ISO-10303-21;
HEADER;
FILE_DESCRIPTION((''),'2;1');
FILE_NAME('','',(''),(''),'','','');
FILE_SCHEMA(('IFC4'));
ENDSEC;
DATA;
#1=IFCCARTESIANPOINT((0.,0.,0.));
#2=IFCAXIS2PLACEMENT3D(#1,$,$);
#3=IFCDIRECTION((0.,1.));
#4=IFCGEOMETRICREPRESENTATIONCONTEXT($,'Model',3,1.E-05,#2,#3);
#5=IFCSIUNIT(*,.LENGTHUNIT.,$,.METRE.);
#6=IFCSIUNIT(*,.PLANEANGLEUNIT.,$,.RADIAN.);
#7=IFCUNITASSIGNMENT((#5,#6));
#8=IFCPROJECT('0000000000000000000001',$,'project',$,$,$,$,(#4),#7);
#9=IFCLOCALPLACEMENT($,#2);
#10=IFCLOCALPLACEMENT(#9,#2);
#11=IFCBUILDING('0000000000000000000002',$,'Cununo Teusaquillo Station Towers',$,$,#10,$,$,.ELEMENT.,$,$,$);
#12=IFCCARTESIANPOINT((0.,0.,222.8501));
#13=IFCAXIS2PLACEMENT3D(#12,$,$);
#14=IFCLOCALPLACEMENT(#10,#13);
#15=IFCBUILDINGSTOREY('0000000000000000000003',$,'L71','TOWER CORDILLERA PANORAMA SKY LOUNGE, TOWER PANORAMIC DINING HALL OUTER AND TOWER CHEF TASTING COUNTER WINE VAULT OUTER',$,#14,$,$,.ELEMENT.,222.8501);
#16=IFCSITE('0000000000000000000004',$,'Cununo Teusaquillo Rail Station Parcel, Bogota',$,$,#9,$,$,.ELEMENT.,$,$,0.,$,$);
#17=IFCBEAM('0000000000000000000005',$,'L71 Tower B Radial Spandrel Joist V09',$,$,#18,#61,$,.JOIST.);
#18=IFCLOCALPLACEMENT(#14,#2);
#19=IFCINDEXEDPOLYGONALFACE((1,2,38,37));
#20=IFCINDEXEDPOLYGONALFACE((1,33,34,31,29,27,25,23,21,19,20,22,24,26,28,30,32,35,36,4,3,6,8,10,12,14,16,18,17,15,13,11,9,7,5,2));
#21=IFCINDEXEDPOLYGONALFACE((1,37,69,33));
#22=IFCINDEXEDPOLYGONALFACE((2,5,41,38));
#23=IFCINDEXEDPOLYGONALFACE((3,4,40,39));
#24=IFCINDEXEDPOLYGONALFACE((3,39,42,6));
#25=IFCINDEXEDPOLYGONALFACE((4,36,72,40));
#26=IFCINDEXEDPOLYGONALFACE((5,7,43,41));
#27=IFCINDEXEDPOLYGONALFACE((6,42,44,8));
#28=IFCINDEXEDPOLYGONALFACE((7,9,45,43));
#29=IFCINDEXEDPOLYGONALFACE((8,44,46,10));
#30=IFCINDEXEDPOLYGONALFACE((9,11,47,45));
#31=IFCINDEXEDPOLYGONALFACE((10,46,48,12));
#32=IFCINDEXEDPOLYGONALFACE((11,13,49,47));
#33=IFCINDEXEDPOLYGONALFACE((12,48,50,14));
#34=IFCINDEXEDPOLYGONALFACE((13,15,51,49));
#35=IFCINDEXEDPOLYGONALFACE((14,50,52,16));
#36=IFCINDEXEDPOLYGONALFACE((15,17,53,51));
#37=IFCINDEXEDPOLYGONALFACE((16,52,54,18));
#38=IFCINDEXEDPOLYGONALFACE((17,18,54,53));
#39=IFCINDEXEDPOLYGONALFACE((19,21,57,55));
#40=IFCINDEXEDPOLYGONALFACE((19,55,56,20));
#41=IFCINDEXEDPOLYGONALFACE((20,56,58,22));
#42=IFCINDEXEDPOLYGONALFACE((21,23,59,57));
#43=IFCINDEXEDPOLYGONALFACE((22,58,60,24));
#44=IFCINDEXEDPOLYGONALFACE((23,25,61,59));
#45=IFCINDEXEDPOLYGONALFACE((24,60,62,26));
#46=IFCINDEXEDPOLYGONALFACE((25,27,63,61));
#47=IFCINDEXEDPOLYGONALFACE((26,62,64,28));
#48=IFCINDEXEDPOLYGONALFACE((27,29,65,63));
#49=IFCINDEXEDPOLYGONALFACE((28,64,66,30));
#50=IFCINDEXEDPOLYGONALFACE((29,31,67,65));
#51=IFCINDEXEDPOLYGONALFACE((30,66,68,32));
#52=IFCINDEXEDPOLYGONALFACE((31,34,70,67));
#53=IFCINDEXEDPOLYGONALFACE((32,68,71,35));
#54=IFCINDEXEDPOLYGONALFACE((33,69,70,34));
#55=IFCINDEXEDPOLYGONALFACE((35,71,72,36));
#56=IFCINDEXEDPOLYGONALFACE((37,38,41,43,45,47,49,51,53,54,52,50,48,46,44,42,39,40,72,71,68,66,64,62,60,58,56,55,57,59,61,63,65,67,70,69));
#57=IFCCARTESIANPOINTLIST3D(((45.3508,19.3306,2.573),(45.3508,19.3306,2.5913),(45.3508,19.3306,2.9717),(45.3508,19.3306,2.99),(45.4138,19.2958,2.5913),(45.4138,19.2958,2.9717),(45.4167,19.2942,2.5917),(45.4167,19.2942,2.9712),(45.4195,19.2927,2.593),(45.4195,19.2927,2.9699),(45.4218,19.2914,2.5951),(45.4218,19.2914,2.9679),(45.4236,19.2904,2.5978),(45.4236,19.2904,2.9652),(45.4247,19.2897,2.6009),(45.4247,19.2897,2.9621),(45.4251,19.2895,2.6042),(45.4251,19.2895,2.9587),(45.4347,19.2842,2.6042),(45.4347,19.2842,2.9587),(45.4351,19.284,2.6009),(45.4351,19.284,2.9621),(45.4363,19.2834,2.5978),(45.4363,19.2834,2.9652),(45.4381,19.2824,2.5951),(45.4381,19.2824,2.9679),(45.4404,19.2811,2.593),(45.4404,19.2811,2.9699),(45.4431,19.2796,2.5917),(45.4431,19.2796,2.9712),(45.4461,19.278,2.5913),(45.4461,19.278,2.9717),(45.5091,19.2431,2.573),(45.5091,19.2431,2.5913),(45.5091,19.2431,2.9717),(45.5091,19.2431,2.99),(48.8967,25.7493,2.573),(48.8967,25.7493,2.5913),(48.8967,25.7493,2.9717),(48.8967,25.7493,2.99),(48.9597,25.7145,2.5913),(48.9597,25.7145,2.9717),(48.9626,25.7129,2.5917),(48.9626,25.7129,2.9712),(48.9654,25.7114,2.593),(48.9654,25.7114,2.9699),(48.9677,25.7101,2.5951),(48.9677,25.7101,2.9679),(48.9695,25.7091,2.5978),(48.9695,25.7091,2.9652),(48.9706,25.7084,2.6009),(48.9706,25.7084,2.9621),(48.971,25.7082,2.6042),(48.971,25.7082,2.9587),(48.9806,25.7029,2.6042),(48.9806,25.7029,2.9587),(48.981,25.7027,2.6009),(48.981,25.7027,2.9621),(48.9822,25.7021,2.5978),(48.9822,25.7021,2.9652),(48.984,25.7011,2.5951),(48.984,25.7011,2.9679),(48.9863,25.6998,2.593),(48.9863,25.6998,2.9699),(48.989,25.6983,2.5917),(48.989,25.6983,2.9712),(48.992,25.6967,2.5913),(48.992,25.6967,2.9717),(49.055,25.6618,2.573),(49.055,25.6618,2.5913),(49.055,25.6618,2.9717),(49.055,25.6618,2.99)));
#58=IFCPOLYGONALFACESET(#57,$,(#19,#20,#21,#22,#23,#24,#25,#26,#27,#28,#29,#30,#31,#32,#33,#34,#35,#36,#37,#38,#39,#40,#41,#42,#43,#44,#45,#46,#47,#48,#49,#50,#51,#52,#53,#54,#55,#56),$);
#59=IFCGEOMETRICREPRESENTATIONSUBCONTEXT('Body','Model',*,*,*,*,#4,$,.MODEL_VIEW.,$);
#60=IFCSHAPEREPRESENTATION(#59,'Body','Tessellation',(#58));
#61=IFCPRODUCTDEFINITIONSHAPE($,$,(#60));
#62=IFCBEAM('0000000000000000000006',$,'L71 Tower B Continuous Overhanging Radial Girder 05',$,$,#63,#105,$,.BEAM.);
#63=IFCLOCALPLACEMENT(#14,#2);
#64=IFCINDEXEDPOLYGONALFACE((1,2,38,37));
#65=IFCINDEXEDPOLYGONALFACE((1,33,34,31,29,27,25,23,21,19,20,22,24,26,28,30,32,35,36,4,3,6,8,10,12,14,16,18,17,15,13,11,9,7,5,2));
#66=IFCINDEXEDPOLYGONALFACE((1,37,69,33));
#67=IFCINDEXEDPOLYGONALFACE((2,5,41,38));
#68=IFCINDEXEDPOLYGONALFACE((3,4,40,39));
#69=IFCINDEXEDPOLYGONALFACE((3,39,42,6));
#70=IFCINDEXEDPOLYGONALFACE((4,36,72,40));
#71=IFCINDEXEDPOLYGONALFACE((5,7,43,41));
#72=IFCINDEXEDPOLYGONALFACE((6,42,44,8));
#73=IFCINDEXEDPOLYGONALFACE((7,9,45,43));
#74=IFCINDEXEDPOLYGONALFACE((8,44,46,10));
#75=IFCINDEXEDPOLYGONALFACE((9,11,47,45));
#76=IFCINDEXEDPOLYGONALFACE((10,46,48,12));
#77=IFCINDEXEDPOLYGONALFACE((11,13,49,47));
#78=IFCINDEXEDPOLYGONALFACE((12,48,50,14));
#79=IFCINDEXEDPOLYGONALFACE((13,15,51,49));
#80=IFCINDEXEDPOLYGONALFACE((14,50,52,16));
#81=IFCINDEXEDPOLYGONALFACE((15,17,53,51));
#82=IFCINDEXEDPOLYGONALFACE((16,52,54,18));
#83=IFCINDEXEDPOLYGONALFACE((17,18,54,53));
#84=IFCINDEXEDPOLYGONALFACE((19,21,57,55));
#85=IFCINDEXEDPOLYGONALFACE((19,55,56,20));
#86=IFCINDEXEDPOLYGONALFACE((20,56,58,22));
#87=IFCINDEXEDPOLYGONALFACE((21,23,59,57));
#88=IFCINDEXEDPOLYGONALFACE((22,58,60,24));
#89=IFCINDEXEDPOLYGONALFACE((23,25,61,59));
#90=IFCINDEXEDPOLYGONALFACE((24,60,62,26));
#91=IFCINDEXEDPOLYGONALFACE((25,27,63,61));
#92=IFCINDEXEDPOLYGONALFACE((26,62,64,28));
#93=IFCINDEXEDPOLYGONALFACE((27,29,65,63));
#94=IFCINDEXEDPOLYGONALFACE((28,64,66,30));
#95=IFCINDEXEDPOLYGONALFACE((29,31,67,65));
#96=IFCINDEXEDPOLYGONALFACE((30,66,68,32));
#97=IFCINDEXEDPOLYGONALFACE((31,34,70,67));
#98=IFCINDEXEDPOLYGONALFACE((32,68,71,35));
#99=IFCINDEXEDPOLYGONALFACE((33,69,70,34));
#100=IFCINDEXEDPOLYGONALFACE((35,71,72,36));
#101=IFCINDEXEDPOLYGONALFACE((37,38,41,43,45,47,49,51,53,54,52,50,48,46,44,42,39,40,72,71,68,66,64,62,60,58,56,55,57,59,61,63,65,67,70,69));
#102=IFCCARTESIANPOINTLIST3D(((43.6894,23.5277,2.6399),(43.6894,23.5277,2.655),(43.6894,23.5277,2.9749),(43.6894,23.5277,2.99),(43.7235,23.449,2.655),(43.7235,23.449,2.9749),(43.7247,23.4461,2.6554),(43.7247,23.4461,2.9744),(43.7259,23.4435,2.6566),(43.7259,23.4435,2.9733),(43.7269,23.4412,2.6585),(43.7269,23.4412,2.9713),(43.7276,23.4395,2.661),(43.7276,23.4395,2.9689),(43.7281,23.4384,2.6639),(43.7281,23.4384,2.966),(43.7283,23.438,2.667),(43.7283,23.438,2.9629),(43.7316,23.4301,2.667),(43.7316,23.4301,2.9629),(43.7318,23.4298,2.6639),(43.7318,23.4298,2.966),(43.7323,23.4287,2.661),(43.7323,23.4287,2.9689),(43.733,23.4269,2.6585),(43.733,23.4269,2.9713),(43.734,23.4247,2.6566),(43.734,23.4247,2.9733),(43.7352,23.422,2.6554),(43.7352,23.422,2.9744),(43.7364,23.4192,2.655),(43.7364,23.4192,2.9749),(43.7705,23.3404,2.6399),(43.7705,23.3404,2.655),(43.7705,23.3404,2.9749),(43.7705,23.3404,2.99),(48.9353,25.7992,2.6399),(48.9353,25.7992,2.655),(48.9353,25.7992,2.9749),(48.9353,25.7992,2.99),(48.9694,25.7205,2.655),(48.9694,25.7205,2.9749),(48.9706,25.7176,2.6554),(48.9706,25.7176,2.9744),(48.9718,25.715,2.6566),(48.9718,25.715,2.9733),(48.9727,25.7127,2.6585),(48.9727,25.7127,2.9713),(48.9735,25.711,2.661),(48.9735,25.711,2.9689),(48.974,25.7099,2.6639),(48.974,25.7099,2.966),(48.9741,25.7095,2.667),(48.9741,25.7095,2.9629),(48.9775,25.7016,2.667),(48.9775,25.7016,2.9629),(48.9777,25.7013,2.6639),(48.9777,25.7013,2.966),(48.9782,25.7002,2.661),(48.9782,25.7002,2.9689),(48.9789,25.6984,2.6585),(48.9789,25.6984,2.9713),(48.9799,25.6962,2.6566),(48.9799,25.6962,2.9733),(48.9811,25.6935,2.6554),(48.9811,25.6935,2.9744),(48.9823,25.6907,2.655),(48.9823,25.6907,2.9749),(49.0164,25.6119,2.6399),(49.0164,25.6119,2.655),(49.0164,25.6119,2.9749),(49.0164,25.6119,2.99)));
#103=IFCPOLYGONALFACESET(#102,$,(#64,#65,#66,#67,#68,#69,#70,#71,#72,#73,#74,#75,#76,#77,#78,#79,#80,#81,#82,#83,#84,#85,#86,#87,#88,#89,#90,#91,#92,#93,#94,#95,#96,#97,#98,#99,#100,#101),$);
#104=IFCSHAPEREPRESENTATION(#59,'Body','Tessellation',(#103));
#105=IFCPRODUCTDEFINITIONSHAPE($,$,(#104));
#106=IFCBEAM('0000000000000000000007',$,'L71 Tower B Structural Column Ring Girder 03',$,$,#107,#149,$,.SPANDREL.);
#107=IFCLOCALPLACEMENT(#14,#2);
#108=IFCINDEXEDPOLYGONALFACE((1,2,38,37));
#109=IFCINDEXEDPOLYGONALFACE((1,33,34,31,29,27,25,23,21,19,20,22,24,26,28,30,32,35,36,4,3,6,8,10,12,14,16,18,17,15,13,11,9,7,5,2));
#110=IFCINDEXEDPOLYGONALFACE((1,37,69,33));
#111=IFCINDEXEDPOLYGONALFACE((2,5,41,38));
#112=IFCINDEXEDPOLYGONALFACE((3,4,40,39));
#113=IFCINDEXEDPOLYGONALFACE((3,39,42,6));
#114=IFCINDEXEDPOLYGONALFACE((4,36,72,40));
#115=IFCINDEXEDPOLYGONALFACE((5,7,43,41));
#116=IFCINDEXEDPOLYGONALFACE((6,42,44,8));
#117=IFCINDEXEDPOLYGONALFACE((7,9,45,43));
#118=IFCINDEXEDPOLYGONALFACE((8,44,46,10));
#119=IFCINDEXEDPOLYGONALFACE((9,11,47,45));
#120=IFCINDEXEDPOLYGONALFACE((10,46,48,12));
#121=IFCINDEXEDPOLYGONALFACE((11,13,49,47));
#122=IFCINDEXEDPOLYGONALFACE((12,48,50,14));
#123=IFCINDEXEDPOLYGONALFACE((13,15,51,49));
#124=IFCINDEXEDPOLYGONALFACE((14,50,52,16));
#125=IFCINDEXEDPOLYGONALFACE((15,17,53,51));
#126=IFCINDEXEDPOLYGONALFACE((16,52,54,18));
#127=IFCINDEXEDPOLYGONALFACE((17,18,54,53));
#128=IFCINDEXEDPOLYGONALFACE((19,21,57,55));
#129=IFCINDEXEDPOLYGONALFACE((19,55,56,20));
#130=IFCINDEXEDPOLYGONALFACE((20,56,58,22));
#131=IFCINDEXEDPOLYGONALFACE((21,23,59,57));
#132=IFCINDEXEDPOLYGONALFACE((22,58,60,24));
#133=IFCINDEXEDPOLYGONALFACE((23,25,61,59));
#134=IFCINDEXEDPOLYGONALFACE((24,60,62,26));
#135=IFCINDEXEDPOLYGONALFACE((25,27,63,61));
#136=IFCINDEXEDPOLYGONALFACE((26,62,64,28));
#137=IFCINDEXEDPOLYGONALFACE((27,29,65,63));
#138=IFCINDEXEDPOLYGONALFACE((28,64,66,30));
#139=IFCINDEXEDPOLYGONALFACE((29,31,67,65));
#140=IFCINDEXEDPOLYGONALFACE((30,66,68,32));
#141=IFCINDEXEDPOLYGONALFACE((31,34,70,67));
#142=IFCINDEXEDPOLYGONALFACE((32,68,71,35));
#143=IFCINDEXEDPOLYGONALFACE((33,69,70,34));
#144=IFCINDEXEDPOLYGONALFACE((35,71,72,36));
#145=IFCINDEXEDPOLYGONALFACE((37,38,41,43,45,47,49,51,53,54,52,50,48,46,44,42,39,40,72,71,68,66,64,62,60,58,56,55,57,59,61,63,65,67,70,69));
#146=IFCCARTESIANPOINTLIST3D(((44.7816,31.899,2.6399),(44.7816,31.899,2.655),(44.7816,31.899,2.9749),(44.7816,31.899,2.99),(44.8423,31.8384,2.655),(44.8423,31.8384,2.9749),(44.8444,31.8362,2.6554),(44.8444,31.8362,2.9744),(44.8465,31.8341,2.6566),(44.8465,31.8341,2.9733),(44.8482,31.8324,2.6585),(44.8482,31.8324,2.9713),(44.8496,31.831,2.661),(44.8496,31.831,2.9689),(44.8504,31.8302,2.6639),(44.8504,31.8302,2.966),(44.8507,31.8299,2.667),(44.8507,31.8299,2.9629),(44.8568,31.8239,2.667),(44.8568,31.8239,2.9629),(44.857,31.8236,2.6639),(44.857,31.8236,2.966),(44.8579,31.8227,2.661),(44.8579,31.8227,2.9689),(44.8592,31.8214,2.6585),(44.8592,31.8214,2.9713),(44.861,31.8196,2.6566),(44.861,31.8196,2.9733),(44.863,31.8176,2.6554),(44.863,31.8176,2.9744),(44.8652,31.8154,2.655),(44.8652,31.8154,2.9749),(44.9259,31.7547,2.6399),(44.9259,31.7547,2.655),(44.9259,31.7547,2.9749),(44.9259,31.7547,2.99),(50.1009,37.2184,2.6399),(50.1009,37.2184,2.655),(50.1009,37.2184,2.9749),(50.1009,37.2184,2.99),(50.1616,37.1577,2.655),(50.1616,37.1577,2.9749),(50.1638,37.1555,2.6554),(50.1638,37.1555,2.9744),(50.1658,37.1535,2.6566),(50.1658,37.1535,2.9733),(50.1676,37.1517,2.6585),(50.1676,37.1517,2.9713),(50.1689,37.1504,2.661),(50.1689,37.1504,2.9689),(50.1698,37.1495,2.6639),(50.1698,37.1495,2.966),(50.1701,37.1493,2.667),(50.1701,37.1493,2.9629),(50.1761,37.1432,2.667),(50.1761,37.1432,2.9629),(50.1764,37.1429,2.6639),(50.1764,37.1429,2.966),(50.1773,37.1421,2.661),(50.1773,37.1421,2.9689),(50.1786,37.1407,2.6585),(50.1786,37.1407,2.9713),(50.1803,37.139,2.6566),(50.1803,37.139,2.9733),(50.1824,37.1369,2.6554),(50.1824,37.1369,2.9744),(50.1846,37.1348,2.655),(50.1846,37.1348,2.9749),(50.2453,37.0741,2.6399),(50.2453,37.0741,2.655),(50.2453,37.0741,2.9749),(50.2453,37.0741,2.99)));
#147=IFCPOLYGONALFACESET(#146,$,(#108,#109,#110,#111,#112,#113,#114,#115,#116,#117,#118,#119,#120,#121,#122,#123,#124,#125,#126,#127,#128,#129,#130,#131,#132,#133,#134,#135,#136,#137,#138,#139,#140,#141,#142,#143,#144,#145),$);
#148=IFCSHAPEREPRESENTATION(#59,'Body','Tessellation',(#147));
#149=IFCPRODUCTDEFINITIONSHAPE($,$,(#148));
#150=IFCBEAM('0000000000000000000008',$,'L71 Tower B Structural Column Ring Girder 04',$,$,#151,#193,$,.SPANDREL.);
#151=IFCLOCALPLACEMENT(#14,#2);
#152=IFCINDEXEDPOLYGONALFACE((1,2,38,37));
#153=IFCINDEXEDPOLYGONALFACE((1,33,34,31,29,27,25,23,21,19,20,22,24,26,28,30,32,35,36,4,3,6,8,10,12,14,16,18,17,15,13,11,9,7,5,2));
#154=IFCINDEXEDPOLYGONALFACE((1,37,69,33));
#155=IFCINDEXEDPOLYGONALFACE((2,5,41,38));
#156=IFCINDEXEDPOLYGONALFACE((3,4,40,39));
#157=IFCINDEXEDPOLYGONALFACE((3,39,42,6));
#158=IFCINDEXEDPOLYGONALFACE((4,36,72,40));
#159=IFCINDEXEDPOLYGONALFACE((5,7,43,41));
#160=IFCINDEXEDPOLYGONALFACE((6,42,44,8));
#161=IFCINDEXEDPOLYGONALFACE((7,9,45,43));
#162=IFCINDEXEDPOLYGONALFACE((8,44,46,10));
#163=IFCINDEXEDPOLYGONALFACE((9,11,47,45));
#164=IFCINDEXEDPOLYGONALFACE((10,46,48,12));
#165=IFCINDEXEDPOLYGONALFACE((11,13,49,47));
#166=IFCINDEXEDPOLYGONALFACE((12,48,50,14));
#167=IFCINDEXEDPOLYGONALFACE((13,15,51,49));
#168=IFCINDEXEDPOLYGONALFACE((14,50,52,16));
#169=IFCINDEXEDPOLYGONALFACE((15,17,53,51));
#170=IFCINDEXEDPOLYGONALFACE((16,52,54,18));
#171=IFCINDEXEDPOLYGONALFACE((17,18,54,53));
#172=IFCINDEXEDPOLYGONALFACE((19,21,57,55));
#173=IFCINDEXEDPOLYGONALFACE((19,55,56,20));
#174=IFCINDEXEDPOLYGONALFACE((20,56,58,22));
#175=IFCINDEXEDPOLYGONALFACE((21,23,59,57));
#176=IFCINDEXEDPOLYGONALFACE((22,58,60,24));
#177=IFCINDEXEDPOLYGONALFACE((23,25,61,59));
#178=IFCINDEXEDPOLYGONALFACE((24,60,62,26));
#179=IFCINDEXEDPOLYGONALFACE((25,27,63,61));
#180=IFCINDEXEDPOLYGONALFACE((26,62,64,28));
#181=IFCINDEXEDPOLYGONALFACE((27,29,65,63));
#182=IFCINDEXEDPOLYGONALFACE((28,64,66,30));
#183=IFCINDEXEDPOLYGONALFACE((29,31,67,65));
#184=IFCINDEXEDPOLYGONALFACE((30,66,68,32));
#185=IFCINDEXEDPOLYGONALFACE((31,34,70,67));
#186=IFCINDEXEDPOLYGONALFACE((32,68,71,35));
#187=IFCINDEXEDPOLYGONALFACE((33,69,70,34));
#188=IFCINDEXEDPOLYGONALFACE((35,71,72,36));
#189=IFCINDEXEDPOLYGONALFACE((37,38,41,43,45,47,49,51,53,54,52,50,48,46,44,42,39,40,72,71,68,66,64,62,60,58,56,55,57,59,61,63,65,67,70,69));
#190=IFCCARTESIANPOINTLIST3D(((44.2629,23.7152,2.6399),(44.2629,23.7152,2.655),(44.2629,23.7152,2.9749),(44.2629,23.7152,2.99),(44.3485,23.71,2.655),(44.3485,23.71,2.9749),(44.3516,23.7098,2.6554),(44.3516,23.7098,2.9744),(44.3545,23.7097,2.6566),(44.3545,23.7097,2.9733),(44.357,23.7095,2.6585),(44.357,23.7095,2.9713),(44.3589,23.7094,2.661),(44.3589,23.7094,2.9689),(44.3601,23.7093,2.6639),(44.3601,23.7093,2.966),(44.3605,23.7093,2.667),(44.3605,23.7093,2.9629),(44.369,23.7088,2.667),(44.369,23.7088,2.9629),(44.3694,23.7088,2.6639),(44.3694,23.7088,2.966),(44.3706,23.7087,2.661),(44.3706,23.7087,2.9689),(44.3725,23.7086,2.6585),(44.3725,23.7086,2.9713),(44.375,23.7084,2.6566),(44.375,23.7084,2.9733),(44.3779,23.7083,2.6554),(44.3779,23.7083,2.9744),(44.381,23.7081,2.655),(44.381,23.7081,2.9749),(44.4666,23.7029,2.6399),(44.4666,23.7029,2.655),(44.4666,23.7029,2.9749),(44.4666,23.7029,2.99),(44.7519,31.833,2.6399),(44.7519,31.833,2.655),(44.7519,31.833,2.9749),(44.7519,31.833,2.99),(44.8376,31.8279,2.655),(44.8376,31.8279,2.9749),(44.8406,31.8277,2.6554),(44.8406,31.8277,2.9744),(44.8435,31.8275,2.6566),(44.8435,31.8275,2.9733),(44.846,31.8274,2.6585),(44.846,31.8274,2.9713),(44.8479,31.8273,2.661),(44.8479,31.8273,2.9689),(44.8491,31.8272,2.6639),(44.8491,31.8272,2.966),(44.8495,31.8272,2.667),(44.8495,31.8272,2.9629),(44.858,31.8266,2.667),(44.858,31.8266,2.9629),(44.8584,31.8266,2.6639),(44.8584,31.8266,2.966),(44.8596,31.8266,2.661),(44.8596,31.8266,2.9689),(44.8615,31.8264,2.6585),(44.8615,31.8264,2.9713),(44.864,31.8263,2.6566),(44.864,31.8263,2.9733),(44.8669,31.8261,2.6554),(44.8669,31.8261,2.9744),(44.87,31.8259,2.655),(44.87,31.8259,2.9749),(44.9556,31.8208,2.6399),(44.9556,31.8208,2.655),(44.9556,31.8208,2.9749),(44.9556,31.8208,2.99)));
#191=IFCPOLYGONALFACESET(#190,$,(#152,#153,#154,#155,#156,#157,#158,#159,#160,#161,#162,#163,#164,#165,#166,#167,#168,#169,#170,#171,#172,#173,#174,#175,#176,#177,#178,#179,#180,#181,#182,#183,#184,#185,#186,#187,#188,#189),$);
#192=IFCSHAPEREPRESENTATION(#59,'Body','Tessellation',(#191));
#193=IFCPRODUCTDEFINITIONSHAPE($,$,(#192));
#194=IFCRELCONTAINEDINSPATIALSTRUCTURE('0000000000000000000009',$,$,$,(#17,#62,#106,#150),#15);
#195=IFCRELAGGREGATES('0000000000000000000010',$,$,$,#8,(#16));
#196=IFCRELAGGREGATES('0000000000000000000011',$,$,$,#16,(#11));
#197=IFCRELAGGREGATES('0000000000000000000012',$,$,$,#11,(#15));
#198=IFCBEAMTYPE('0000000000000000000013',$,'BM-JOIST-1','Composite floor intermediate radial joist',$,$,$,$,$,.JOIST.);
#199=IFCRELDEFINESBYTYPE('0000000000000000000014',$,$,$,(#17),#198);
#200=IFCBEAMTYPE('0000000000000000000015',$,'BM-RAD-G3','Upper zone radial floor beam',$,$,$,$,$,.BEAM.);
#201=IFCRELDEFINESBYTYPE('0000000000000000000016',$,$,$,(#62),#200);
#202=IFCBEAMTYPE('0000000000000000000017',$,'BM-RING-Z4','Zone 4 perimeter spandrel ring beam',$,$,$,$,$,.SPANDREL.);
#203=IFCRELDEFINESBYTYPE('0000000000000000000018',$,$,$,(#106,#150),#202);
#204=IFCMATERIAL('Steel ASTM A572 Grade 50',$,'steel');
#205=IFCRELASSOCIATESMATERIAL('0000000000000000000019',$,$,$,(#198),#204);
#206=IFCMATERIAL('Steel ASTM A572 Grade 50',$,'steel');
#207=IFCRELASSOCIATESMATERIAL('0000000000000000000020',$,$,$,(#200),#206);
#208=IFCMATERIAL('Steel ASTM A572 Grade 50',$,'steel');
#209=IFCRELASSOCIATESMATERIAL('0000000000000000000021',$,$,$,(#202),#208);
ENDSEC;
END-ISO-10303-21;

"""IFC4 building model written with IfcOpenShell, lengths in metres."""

from ifc_helpers import new_model, si_unit, direction, frame, origin, origin_2d, place, context, subcontext, project, spatial, i_section, extrude, material, material_profile, profile_set, type_object, element, save


model = new_model("IFC4")

# Units and contexts
model_context = context("Model", 3, precision=1e-05, world=origin(), true_north=direction((0.0, 1.0)))
body_context = subcontext(model_context, "Body", "Model", "MODEL_VIEW")
ifc_project = project(units=[si_unit("LENGTHUNIT", "METRE"), si_unit("PLANEANGLEUNIT", "RADIAN")], contexts=[model_context])

# Site, building, storey
site_placement = place(None, origin())
site = spatial("IfcSite", under=ifc_project, at=site_placement, Name="Cununo Teusaquillo Rail Station Parcel, Bogota", CompositionType="ELEMENT", RefElevation=0.0)
building_placement = place(site_placement, origin())
building = spatial("IfcBuilding", under=site, at=building_placement, Name="Cununo Teusaquillo Station Towers", CompositionType="ELEMENT")
storey_placement = place(building_placement, frame((0.0, 0.0, 222.8501)))
storey = spatial("IfcBuildingStorey", under=building, at=storey_placement, Name="L71", Description="TOWER CORDILLERA PANORAMA SKY LOUNGE, TOWER PANORAMIC DINING HALL OUTER AND TOWER CHEF TASTING COUNTER WINE VAULT OUTER", CompositionType="ELEMENT", Elevation=222.8501)

# Beams
ifc_material_1 = material(Name="Steel ASTM A572 Grade 50", Category="steel")
ifc_material_profile_1 = material_profile(ifc_material_1, i_section(OverallWidth=0.1809, OverallDepth=0.417, WebThickness=0.011, FlangeThickness=0.0183, FilletRadius=0.0129, at=origin_2d()), Name="W16X57")
ifc_profile_set_1 = profile_set([ifc_material_profile_1], Name="Steel ASTM A572 Grade 50")
beam_type_1 = type_object("IfcBeamType", Name="BM-JOIST-1", Description="Composite floor intermediate radial joist", PredefinedType="JOIST", material=ifc_profile_set_1)
beam_1_placement = place(storey_placement, frame((48.9758, 25.7056, 2.7815), z_axis=(-0.483553, -0.875315, 0.0), x_axis=(0.875315, -0.483553, 0.0)))
element("IfcBeam", 1, at=beam_1_placement, inside=storey, type_object=beam_type_1, Name="L71 Tower B Radial Spandrel Joist V09", PredefinedType="JOIST", context=body_context, shape_type="SweptSolid", body=[
    extrude(i_section(OverallWidth=0.1809, OverallDepth=0.417, WebThickness=0.011, FlangeThickness=0.0183, FilletRadius=0.0129, at=origin_2d()), origin(), (0.0, 0.0, 1.0), 7.333),
])
ifc_material_2 = material(Name="Steel ASTM A572 Grade 50", Category="steel")
ifc_material_profile_2 = material_profile(ifc_material_2, i_section(OverallWidth=0.2041, OverallDepth=0.3501, WebThickness=0.0085, FlangeThickness=0.0151, FilletRadius=0.012, at=origin_2d()), Name="W14X48")
ifc_profile_set_2 = profile_set([ifc_material_profile_2], Name="Steel ASTM A572 Grade 50")
beam_type_2 = type_object("IfcBeamType", Name="BM-RAD-G3", Description="Upper zone radial floor beam", PredefinedType="BEAM", material=ifc_profile_set_2)
beam_2_placement = place(storey_placement, frame((48.9758, 25.7056, 2.8149), z_axis=(-0.917665, -0.397355, 0.0), x_axis=(0.397355, -0.917665, 0.0)))
element("IfcBeam", 2, at=beam_2_placement, inside=storey, type_object=beam_type_2, Name="L71 Tower B Continuous Overhanging Radial Girder 05", PredefinedType="BEAM", context=body_context, shape_type="SweptSolid", body=[
    extrude(i_section(OverallWidth=0.2041, OverallDepth=0.3501, WebThickness=0.0085, FlangeThickness=0.0151, FilletRadius=0.012, at=origin_2d()), origin(), (0.0, 0.0, 1.0), 5.7166),
])
ifc_material_3 = material(Name="Steel ASTM A572 Grade 50", Category="steel")
ifc_material_profile_3 = material_profile(ifc_material_3, i_section(OverallWidth=0.2041, OverallDepth=0.3501, WebThickness=0.0085, FlangeThickness=0.0151, FilletRadius=0.012, at=origin_2d()), Name="W14X48")
ifc_profile_set_3 = profile_set([ifc_material_profile_3], Name="Steel ASTM A572 Grade 50")
beam_type_3 = type_object("IfcBeamType", Name="BM-RING-Z4", Description="Zone 4 perimeter spandrel ring beam", PredefinedType="SPANDREL", material=ifc_profile_set_3)
beam_3_placement = place(storey_placement, frame((50.1731, 37.1462, 2.8149), z_axis=(-0.707107, -0.707107, 0.0), x_axis=(0.707107, -0.707107, 0.0)))
element("IfcBeam", 3, at=beam_3_placement, inside=storey, type_object=beam_type_3, Name="L71 Tower B Structural Column Ring Girder 03", PredefinedType="SPANDREL", context=body_context, shape_type="SweptSolid", body=[
    extrude(i_section(OverallWidth=0.2041, OverallDepth=0.3501, WebThickness=0.0085, FlangeThickness=0.0151, FilletRadius=0.012, at=origin_2d()), origin(), (0.0, 0.0, 1.0), 7.5227),
])
beam_4_placement = place(storey_placement, frame((44.8538, 31.8269, 2.8149), z_axis=(-0.06013, -0.998191, 0.0), x_axis=(0.998191, -0.06013, 0.0)))
element("IfcBeam", 4, at=beam_4_placement, inside=storey, type_object=beam_type_3, Name="L71 Tower B Structural Column Ring Girder 04", PredefinedType="SPANDREL", context=body_context, shape_type="SweptSolid", body=[
    extrude(i_section(OverallWidth=0.2041, OverallDepth=0.3501, WebThickness=0.0085, FlangeThickness=0.0151, FilletRadius=0.012, at=origin_2d()), origin(), (0.0, 0.0, 1.0), 8.1326),
])

save(model, "model.ifc")
